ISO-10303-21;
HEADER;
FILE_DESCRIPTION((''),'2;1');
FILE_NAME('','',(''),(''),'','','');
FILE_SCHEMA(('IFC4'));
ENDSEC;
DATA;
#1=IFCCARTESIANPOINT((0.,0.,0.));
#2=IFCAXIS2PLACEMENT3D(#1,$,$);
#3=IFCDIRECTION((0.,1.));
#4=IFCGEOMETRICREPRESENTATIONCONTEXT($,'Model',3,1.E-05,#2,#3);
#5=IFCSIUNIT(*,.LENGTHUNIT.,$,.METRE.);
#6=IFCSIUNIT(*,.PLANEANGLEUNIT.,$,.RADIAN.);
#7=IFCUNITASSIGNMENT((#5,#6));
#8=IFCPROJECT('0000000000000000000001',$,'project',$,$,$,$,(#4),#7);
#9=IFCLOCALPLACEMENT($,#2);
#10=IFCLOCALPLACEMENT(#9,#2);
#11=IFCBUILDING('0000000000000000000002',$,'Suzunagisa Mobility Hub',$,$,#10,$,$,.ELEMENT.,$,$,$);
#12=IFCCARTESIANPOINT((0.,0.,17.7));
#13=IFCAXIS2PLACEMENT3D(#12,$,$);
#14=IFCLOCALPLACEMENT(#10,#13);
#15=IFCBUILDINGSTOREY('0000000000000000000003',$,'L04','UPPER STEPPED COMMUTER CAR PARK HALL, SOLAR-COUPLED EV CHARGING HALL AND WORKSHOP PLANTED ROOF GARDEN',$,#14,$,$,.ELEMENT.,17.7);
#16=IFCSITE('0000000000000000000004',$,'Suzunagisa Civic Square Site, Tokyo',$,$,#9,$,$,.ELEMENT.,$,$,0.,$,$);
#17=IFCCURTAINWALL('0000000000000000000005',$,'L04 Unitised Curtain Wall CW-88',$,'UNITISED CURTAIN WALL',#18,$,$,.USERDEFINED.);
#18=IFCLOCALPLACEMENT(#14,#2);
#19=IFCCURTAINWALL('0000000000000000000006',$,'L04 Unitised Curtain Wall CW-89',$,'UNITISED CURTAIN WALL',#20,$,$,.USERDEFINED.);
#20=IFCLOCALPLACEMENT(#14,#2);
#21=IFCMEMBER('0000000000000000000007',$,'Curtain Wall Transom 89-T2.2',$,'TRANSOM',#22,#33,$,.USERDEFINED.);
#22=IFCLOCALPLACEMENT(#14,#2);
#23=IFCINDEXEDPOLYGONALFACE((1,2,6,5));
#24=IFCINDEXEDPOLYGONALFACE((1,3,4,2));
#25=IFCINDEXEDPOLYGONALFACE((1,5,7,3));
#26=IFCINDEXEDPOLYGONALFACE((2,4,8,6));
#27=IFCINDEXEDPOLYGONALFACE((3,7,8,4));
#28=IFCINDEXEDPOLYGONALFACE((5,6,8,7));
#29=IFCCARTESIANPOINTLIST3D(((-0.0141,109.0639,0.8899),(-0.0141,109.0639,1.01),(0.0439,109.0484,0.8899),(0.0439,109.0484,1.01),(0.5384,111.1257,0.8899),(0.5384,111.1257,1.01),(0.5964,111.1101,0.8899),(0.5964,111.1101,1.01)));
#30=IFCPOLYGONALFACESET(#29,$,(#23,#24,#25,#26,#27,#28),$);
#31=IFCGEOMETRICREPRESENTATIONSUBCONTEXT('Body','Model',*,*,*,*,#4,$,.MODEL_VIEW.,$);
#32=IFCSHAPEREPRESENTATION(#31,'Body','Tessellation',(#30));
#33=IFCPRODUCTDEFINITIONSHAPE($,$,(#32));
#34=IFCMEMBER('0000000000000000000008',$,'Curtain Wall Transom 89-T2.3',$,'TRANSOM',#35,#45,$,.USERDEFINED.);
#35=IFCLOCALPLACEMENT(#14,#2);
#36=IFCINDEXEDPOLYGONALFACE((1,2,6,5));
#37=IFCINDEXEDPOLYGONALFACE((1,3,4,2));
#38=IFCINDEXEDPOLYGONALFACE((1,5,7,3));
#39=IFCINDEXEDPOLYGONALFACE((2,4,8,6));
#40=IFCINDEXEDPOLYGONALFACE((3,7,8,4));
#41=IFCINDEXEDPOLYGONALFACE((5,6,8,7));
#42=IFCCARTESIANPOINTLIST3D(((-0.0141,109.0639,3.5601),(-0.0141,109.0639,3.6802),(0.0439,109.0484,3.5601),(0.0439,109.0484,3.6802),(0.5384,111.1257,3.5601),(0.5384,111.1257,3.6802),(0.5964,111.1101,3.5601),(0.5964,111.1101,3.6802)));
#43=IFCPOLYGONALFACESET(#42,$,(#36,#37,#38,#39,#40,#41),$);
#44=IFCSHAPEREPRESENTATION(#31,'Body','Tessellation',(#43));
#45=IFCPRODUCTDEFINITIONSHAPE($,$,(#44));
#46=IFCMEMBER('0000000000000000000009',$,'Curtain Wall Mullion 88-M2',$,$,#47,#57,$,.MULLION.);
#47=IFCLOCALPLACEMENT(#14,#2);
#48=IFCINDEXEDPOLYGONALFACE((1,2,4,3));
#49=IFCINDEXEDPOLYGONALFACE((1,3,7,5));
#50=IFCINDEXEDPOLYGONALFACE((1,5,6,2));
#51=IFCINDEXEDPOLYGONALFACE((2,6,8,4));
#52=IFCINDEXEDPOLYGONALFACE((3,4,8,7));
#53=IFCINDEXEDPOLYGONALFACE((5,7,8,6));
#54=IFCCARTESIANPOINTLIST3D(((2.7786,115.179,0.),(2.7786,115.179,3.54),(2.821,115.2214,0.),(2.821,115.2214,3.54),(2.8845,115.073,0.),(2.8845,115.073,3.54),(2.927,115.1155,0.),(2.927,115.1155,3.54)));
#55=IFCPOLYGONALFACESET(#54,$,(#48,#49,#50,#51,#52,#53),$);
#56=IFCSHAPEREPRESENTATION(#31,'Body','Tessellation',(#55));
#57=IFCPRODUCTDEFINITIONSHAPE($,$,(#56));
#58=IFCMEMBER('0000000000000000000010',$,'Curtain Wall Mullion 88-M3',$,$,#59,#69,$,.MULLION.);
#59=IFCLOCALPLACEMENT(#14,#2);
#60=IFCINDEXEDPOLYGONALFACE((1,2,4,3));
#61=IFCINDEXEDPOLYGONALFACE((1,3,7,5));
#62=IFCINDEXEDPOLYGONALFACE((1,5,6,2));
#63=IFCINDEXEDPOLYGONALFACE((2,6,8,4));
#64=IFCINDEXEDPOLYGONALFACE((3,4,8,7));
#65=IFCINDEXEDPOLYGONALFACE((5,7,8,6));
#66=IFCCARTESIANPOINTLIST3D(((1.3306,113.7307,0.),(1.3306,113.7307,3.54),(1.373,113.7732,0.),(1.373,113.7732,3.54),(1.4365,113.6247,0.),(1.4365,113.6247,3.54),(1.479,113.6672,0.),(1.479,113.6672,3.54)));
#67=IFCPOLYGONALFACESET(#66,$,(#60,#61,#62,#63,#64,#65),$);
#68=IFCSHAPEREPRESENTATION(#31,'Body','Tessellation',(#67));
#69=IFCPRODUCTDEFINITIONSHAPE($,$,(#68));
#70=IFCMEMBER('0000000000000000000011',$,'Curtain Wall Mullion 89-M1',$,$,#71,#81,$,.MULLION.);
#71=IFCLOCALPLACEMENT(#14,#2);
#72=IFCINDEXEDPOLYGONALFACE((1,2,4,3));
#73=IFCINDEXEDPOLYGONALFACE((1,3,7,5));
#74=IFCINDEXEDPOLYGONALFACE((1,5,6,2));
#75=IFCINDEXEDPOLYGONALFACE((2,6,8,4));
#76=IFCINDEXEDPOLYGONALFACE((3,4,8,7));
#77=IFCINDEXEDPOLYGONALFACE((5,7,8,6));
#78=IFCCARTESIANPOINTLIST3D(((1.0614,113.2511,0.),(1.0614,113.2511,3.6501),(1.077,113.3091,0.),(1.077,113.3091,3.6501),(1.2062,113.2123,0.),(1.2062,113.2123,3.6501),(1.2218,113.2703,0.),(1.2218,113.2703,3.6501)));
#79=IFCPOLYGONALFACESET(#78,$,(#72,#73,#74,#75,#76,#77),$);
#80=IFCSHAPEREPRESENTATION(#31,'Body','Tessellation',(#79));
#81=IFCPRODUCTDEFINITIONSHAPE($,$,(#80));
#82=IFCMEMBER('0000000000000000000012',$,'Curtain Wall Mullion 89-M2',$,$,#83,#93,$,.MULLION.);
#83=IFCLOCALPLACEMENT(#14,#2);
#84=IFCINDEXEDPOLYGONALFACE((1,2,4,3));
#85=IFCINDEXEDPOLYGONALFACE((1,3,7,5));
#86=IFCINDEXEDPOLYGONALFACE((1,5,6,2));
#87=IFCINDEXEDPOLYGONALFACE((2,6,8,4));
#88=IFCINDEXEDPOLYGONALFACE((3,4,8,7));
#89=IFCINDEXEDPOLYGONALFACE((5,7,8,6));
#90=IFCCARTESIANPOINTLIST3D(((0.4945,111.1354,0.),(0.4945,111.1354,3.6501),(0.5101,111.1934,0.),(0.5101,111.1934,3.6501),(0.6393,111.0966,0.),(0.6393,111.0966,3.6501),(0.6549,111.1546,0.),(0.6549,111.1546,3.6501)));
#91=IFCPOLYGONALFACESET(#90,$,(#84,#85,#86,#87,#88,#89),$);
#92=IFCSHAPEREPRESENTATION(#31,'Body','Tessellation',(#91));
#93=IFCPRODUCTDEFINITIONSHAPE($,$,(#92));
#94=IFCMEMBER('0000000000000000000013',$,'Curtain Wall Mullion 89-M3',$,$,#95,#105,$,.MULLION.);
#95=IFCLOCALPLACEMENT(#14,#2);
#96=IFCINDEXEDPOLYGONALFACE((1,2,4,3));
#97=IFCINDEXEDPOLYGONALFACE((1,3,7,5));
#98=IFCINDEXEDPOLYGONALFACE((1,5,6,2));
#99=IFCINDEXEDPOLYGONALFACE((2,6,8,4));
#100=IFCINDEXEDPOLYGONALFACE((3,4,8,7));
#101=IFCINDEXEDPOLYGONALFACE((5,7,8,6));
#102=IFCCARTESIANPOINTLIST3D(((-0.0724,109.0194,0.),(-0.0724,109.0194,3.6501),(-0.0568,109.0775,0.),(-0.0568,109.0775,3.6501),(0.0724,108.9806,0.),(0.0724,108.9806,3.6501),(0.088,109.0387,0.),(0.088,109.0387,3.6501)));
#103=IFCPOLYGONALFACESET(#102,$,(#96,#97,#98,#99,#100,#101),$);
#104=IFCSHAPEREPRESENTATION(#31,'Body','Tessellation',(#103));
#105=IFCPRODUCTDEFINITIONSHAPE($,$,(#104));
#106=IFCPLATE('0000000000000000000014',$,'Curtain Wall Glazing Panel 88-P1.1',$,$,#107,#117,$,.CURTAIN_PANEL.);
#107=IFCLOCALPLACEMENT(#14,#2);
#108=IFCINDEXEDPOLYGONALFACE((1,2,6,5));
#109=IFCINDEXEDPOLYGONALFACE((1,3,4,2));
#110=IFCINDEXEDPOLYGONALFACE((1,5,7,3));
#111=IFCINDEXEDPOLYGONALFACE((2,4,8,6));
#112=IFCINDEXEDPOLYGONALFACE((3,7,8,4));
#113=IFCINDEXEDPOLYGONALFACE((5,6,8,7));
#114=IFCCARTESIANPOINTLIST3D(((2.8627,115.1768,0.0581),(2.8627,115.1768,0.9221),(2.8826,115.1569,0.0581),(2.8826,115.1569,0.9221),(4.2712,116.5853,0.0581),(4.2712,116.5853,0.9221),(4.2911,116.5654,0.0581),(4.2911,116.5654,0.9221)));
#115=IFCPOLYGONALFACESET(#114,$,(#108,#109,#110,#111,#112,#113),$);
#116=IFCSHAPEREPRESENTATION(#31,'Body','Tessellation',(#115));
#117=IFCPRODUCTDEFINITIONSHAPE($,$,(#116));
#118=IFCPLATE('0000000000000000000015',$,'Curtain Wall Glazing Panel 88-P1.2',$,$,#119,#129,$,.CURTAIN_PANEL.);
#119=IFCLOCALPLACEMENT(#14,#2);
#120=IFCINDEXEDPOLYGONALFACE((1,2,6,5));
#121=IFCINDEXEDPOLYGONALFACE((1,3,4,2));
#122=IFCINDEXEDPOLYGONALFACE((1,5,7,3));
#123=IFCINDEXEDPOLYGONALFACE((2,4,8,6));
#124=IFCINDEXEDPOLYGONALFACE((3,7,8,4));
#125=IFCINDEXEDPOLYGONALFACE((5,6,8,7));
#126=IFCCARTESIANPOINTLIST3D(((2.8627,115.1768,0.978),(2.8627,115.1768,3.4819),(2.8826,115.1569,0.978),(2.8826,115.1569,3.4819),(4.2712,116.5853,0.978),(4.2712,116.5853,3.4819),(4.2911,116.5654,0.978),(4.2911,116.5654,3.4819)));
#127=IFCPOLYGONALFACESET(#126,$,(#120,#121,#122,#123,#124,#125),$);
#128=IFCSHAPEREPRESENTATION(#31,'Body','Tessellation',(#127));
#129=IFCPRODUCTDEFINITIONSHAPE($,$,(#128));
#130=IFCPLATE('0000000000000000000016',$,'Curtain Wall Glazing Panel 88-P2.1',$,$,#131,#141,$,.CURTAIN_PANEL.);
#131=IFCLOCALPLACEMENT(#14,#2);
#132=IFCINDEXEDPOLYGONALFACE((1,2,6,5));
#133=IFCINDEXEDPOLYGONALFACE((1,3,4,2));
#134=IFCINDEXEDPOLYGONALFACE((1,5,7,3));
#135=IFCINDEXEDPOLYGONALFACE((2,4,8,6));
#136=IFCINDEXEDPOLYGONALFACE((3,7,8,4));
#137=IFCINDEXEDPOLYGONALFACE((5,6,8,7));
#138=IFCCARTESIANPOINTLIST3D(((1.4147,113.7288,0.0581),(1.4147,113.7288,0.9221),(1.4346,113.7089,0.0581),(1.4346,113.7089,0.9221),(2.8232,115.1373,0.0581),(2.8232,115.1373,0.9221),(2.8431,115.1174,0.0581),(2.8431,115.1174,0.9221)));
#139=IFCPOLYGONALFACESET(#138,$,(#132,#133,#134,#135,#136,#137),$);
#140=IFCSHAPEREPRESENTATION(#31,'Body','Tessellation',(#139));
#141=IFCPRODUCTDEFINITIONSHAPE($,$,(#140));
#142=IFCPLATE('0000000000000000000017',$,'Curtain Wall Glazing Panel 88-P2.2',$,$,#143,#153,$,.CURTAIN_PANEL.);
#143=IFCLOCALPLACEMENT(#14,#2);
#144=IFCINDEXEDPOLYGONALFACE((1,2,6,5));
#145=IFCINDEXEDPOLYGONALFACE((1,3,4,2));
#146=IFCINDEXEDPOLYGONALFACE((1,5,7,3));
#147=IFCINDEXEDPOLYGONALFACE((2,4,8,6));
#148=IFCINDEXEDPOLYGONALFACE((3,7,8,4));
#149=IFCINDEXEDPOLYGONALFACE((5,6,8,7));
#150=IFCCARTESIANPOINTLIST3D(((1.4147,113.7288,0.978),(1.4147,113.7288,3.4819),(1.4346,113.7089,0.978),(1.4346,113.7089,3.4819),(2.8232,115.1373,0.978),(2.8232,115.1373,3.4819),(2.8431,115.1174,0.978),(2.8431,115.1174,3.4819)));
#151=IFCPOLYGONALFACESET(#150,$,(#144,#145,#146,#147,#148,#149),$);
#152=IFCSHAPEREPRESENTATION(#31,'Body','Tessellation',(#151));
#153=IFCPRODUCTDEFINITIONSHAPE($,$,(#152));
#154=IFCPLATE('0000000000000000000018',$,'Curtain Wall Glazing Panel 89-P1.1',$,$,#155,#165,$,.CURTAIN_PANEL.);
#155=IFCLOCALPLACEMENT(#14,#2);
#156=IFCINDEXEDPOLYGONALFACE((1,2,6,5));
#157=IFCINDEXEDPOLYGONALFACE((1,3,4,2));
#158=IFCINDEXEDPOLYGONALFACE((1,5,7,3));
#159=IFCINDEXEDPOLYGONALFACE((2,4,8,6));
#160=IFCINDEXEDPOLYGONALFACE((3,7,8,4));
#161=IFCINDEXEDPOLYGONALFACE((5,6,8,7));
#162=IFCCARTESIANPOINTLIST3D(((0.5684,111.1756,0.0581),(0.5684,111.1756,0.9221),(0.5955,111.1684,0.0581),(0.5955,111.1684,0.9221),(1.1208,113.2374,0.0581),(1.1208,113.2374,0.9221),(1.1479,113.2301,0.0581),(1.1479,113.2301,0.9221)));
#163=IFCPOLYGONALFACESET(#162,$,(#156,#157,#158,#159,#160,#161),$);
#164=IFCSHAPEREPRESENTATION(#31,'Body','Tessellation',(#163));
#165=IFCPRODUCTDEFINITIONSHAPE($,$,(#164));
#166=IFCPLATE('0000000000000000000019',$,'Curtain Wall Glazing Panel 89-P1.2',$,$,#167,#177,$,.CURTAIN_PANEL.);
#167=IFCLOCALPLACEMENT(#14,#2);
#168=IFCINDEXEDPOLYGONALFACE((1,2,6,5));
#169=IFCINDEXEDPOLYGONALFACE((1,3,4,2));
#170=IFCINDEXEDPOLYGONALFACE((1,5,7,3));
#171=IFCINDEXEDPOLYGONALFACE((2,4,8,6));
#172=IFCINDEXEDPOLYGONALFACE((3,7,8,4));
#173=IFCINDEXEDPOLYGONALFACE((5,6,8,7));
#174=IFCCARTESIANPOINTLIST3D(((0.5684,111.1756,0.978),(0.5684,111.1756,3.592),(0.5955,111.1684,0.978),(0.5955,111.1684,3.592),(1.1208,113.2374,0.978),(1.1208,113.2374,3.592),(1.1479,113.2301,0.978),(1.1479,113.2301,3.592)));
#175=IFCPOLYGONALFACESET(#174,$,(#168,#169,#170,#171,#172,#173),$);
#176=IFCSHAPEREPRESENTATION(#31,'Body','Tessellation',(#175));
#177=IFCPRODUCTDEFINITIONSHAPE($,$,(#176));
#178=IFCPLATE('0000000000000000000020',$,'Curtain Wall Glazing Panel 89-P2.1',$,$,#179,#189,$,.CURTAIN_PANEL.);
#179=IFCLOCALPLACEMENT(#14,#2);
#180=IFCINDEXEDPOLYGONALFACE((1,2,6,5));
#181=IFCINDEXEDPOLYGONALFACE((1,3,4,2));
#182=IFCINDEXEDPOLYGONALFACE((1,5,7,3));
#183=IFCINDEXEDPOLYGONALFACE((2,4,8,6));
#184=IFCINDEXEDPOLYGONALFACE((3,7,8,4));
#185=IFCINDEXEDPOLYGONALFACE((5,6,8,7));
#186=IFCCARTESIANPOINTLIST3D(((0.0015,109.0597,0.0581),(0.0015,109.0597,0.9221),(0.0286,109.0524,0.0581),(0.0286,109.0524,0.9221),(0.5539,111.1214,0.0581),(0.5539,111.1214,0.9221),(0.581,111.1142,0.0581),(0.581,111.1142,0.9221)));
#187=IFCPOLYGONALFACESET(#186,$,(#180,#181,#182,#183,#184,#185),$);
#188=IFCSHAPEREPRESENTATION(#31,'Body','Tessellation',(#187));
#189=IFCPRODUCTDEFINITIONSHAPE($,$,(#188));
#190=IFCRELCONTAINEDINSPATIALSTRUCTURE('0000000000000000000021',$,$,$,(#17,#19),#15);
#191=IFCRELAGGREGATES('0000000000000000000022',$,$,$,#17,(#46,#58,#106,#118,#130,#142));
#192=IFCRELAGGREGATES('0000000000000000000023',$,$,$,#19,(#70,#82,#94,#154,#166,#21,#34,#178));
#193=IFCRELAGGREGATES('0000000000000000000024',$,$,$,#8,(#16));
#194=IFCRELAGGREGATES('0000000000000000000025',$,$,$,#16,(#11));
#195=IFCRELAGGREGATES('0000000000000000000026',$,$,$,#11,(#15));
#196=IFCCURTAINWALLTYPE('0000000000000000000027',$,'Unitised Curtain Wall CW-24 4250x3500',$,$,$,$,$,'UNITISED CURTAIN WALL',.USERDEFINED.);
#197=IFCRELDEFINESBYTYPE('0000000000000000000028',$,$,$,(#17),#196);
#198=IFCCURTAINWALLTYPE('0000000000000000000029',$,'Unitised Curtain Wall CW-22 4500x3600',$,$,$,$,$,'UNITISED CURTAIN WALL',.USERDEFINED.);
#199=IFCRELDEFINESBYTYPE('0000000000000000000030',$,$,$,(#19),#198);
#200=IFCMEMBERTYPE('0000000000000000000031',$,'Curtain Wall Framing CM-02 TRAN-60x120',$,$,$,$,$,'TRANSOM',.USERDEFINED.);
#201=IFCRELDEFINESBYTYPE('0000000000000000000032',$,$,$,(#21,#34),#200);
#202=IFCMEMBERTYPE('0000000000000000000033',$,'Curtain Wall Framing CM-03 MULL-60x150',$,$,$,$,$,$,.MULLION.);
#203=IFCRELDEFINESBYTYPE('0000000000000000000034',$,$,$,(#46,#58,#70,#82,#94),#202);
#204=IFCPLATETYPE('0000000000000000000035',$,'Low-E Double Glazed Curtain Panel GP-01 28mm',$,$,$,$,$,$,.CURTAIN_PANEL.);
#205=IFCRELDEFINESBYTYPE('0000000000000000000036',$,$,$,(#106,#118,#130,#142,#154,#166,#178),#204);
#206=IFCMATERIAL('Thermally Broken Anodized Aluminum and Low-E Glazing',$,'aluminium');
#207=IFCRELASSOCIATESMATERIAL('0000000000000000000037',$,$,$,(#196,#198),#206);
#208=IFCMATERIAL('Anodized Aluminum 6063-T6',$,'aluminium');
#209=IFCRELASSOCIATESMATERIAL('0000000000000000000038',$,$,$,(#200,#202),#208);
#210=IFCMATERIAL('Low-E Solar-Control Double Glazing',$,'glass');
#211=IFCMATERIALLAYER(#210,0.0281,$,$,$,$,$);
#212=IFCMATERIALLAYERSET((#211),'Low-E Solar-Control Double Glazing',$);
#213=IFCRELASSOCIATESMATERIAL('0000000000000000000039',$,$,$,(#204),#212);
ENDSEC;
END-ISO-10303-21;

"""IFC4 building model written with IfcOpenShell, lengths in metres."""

from ifc_helpers import new_model, si_unit, direction, frame, origin, origin_2d, place, context, subcontext, project, spatial, rectangle, extrude, material, layer, layer_set, material_profile, profile_set, type_object, element, aggregate, save


model = new_model("IFC4")

# Units and contexts
model_context = context("Model", 3, precision=1e-05, world=origin(), true_north=direction((0.0, 1.0)))
body_context = subcontext(model_context, "Body", "Model", "MODEL_VIEW")
ifc_project = project(units=[si_unit("LENGTHUNIT", "METRE"), si_unit("PLANEANGLEUNIT", "RADIAN")], contexts=[model_context])

# Site, building, storey
site_placement = place(None, origin())
site = spatial("IfcSite", under=ifc_project, at=site_placement, Name="Suzunagisa Civic Square Site, Tokyo", CompositionType="ELEMENT", RefElevation=0.0)
building_placement = place(site_placement, origin())
building = spatial("IfcBuilding", under=site, at=building_placement, Name="Suzunagisa Mobility Hub", CompositionType="ELEMENT")
storey_placement = place(building_placement, frame((0.0, 0.0, 17.7)))
storey = spatial("IfcBuildingStorey", under=building, at=storey_placement, Name="L04", Description="UPPER STEPPED COMMUTER CAR PARK HALL, SOLAR-COUPLED EV CHARGING HALL AND WORKSHOP PLANTED ROOF GARDEN", CompositionType="ELEMENT", Elevation=17.7)

# Curtain walls, members
ifc_material_1 = material(Name="Thermally Broken Anodized Aluminum and Low-E Glazing", Category="aluminium")
curtain_wall_type_1 = type_object("IfcCurtainWallType", Name="Unitised Curtain Wall CW-24 4250x3500", ElementType="UNITISED CURTAIN WALL", PredefinedType="USERDEFINED", material=ifc_material_1)
curtain_wall_1_placement = place(storey_placement, origin())
curtain_wall_1 = element("IfcCurtainWall", 1, at=curtain_wall_1_placement, inside=storey, type_object=curtain_wall_type_1, Name="L04 Unitised Curtain Wall CW-88", ObjectType="UNITISED CURTAIN WALL", PredefinedType="USERDEFINED")
ifc_material_2 = material(Name="Anodized Aluminum 6063-T6", Category="aluminium")
ifc_material_profile_1 = material_profile(ifc_material_2, rectangle(XDim=0.0601, YDim=0.1201, at=origin_2d()), Name="TRAN-60x120")
ifc_profile_set_1 = profile_set([ifc_material_profile_1], Name="Anodized Aluminum 6063-T6")
member_type_1 = type_object("IfcMemberType", Name="Curtain Wall Framing CM-02 TRAN-60x120", ElementType="TRANSOM", PredefinedType="USERDEFINED", material=ifc_profile_set_1)
curtain_wall_type_2 = type_object("IfcCurtainWallType", Name="Unitised Curtain Wall CW-22 4500x3600", ElementType="UNITISED CURTAIN WALL", PredefinedType="USERDEFINED", material=ifc_material_1)
curtain_wall_2_placement = place(storey_placement, origin())
curtain_wall_2 = element("IfcCurtainWall", 2, at=curtain_wall_2_placement, inside=storey, type_object=curtain_wall_type_2, Name="L04 Unitised Curtain Wall CW-89", ObjectType="UNITISED CURTAIN WALL", PredefinedType="USERDEFINED")
member_1_placement = place(storey_placement, frame((0.5674, 111.1179, 0.95), z_axis=(-0.258837, -0.965921, 0.0), x_axis=(0.965921, -0.258837, 0.0)))
member_1 = element("IfcMember", 3, at=member_1_placement, type_object=member_type_1, Name="Curtain Wall Transom 89-T2.2", ObjectType="TRANSOM", PredefinedType="USERDEFINED", context=body_context, shape_type="SweptSolid", body=[
    extrude(rectangle(XDim=0.0601, YDim=0.1201, at=origin_2d()), origin(), (0.0, 0.0, 1.0), 2.1345),
])
member_2_placement = place(storey_placement, frame((0.5674, 111.1179, 3.6201), z_axis=(-0.258837, -0.965921, 0.0), x_axis=(0.965921, -0.258837, 0.0)))
member_2 = element("IfcMember", 4, at=member_2_placement, type_object=member_type_1, Name="Curtain Wall Transom 89-T2.3", ObjectType="TRANSOM", PredefinedType="USERDEFINED", context=body_context, shape_type="SweptSolid", body=[
    extrude(rectangle(XDim=0.0601, YDim=0.1201, at=origin_2d()), origin(), (0.0, 0.0, 1.0), 2.1345),
])

# Members
ifc_material_profile_2 = material_profile(ifc_material_2, rectangle(XDim=0.0601, YDim=0.1499, at=origin_2d()), Name="MULL-60x150")
ifc_profile_set_2 = profile_set([ifc_material_profile_2], Name="Anodized Aluminum 6063-T6")
member_type_2 = type_object("IfcMemberType", Name="Curtain Wall Framing CM-03 MULL-60x150", PredefinedType="MULLION", material=ifc_profile_set_2)
member_3_placement = place(storey_placement, frame((2.8528, 115.1472, 0.0), z_axis=(0.0, 0.0, 1.0), x_axis=(-0.707107, -0.707107, 0.0)))
member_3 = element("IfcMember", 5, at=member_3_placement, type_object=member_type_2, Name="Curtain Wall Mullion 88-M2", PredefinedType="MULLION", context=body_context, shape_type="SweptSolid", body=[
    extrude(rectangle(XDim=0.0601, YDim=0.1499, at=origin_2d()), origin(), (0.0, 0.0, 1.0), 3.54),
])
member_4_placement = place(storey_placement, frame((1.4048, 113.699, 0.0), z_axis=(0.0, 0.0, 1.0), x_axis=(-0.707107, -0.707107, 0.0)))
member_4 = element("IfcMember", 6, at=member_4_placement, type_object=member_type_2, Name="Curtain Wall Mullion 88-M3", PredefinedType="MULLION", context=body_context, shape_type="SweptSolid", body=[
    extrude(rectangle(XDim=0.0601, YDim=0.1499, at=origin_2d()), origin(), (0.0, 0.0, 1.0), 3.54),
])
member_5_placement = place(storey_placement, frame((1.1416, 113.2607, 0.0), z_axis=(0.0, 0.0, 1.0), x_axis=(-0.258814, -0.965927, 0.0)))
member_5 = element("IfcMember", 7, at=member_5_placement, type_object=member_type_2, Name="Curtain Wall Mullion 89-M1", PredefinedType="MULLION", context=body_context, shape_type="SweptSolid", body=[
    extrude(rectangle(XDim=0.0601, YDim=0.1499, at=origin_2d()), origin(), (0.0, 0.0, 1.0), 3.6501),
])
member_6_placement = place(storey_placement, frame((0.5747, 111.145, 0.0), z_axis=(0.0, 0.0, 1.0), x_axis=(-0.258814, -0.965927, 0.0)))
member_6 = element("IfcMember", 8, at=member_6_placement, type_object=member_type_2, Name="Curtain Wall Mullion 89-M2", PredefinedType="MULLION", context=body_context, shape_type="SweptSolid", body=[
    extrude(rectangle(XDim=0.0601, YDim=0.1499, at=origin_2d()), origin(), (0.0, 0.0, 1.0), 3.6501),
])
member_7_placement = place(storey_placement, frame((0.0078, 109.0291, 0.0), z_axis=(0.0, 0.0, 1.0), x_axis=(-0.258814, -0.965927, 0.0)))
member_7 = element("IfcMember", 9, at=member_7_placement, type_object=member_type_2, Name="Curtain Wall Mullion 89-M3", PredefinedType="MULLION", context=body_context, shape_type="SweptSolid", body=[
    extrude(rectangle(XDim=0.0601, YDim=0.1499, at=origin_2d()), origin(), (0.0, 0.0, 1.0), 3.6501),
])

# Plates
ifc_material_3 = material(Name="Low-E Solar-Control Double Glazing", Category="glass")
ifc_layer_1 = layer(ifc_material_3, 0.0281)
ifc_layer_set_1 = layer_set([ifc_layer_1], Name="Low-E Solar-Control Double Glazing")
plate_type_1 = type_object("IfcPlateType", Name="Low-E Double Glazed Curtain Panel GP-01 28mm", PredefinedType="CURTAIN_PANEL", material=ifc_layer_set_1)
plate_1_placement = place(storey_placement, frame((3.5769, 115.8711, 0.0581), z_axis=(0.0, 0.0, 1.0), x_axis=(-0.707107, -0.707107, 0.0)))
plate_1 = element("IfcPlate", 10, at=plate_1_placement, type_object=plate_type_1, Name="Curtain Wall Glazing Panel 88-P1.1", PredefinedType="CURTAIN_PANEL", context=body_context, shape_type="SweptSolid", body=[
    extrude(rectangle(XDim=1.9919, YDim=0.0281, at=origin_2d()), origin(), (0.0, 0.0, 1.0), 0.864),
])
plate_2_placement = place(storey_placement, frame((3.5769, 115.8711, 0.978), z_axis=(0.0, 0.0, 1.0), x_axis=(-0.707107, -0.707107, 0.0)))
plate_2 = element("IfcPlate", 11, at=plate_2_placement, type_object=plate_type_1, Name="Curtain Wall Glazing Panel 88-P1.2", PredefinedType="CURTAIN_PANEL", context=body_context, shape_type="SweptSolid", body=[
    extrude(rectangle(XDim=1.9919, YDim=0.0281, at=origin_2d()), origin(), (0.0, 0.0, 1.0), 2.5039),
])
plate_3_placement = place(storey_placement, frame((2.1289, 114.4231, 0.0581), z_axis=(0.0, 0.0, 1.0), x_axis=(-0.707107, -0.707107, 0.0)))
plate_3 = element("IfcPlate", 12, at=plate_3_placement, type_object=plate_type_1, Name="Curtain Wall Glazing Panel 88-P2.1", PredefinedType="CURTAIN_PANEL", context=body_context, shape_type="SweptSolid", body=[
    extrude(rectangle(XDim=1.9919, YDim=0.0281, at=origin_2d()), origin(), (0.0, 0.0, 1.0), 0.864),
])
plate_4_placement = place(storey_placement, frame((2.1289, 114.4231, 0.978), z_axis=(0.0, 0.0, 1.0), x_axis=(-0.707107, -0.707107, 0.0)))
plate_4 = element("IfcPlate", 13, at=plate_4_placement, type_object=plate_type_1, Name="Curtain Wall Glazing Panel 88-P2.2", PredefinedType="CURTAIN_PANEL", context=body_context, shape_type="SweptSolid", body=[
    extrude(rectangle(XDim=1.9919, YDim=0.0281, at=origin_2d()), origin(), (0.0, 0.0, 1.0), 2.5039),
])
aggregate(curtain_wall_1, [member_3, member_4, plate_1, plate_2, plate_3, plate_4])
plate_5_placement = place(storey_placement, frame((0.8582, 112.2029, 0.0581), z_axis=(0.0, 0.0, 1.0), x_axis=(-0.258814, -0.965927, 0.0)))
plate_5 = element("IfcPlate", 14, at=plate_5_placement, type_object=plate_type_1, Name="Curtain Wall Glazing Panel 89-P1.1", PredefinedType="CURTAIN_PANEL", context=body_context, shape_type="SweptSolid", body=[
    extrude(rectangle(XDim=2.1345, YDim=0.0281, at=origin_2d()), origin(), (0.0, 0.0, 1.0), 0.864),
])
plate_6_placement = place(storey_placement, frame((0.8582, 112.2029, 0.978), z_axis=(0.0, 0.0, 1.0), x_axis=(-0.258814, -0.965927, 0.0)))
plate_6 = element("IfcPlate", 15, at=plate_6_placement, type_object=plate_type_1, Name="Curtain Wall Glazing Panel 89-P1.2", PredefinedType="CURTAIN_PANEL", context=body_context, shape_type="SweptSolid", body=[
    extrude(rectangle(XDim=2.1345, YDim=0.0281, at=origin_2d()), origin(), (0.0, 0.0, 1.0), 2.614),
])
plate_7_placement = place(storey_placement, frame((0.2913, 110.0869, 0.0581), z_axis=(0.0, 0.0, 1.0), x_axis=(-0.258814, -0.965927, 0.0)))
plate_7 = element("IfcPlate", 16, at=plate_7_placement, type_object=plate_type_1, Name="Curtain Wall Glazing Panel 89-P2.1", PredefinedType="CURTAIN_PANEL", context=body_context, shape_type="SweptSolid", body=[
    extrude(rectangle(XDim=2.1345, YDim=0.0281, at=origin_2d()), origin(), (0.0, 0.0, 1.0), 0.864),
])
aggregate(curtain_wall_2, [member_5, member_6, member_7, plate_5, plate_6, member_1, member_2, plate_7])

save(model, "model.ifc")
